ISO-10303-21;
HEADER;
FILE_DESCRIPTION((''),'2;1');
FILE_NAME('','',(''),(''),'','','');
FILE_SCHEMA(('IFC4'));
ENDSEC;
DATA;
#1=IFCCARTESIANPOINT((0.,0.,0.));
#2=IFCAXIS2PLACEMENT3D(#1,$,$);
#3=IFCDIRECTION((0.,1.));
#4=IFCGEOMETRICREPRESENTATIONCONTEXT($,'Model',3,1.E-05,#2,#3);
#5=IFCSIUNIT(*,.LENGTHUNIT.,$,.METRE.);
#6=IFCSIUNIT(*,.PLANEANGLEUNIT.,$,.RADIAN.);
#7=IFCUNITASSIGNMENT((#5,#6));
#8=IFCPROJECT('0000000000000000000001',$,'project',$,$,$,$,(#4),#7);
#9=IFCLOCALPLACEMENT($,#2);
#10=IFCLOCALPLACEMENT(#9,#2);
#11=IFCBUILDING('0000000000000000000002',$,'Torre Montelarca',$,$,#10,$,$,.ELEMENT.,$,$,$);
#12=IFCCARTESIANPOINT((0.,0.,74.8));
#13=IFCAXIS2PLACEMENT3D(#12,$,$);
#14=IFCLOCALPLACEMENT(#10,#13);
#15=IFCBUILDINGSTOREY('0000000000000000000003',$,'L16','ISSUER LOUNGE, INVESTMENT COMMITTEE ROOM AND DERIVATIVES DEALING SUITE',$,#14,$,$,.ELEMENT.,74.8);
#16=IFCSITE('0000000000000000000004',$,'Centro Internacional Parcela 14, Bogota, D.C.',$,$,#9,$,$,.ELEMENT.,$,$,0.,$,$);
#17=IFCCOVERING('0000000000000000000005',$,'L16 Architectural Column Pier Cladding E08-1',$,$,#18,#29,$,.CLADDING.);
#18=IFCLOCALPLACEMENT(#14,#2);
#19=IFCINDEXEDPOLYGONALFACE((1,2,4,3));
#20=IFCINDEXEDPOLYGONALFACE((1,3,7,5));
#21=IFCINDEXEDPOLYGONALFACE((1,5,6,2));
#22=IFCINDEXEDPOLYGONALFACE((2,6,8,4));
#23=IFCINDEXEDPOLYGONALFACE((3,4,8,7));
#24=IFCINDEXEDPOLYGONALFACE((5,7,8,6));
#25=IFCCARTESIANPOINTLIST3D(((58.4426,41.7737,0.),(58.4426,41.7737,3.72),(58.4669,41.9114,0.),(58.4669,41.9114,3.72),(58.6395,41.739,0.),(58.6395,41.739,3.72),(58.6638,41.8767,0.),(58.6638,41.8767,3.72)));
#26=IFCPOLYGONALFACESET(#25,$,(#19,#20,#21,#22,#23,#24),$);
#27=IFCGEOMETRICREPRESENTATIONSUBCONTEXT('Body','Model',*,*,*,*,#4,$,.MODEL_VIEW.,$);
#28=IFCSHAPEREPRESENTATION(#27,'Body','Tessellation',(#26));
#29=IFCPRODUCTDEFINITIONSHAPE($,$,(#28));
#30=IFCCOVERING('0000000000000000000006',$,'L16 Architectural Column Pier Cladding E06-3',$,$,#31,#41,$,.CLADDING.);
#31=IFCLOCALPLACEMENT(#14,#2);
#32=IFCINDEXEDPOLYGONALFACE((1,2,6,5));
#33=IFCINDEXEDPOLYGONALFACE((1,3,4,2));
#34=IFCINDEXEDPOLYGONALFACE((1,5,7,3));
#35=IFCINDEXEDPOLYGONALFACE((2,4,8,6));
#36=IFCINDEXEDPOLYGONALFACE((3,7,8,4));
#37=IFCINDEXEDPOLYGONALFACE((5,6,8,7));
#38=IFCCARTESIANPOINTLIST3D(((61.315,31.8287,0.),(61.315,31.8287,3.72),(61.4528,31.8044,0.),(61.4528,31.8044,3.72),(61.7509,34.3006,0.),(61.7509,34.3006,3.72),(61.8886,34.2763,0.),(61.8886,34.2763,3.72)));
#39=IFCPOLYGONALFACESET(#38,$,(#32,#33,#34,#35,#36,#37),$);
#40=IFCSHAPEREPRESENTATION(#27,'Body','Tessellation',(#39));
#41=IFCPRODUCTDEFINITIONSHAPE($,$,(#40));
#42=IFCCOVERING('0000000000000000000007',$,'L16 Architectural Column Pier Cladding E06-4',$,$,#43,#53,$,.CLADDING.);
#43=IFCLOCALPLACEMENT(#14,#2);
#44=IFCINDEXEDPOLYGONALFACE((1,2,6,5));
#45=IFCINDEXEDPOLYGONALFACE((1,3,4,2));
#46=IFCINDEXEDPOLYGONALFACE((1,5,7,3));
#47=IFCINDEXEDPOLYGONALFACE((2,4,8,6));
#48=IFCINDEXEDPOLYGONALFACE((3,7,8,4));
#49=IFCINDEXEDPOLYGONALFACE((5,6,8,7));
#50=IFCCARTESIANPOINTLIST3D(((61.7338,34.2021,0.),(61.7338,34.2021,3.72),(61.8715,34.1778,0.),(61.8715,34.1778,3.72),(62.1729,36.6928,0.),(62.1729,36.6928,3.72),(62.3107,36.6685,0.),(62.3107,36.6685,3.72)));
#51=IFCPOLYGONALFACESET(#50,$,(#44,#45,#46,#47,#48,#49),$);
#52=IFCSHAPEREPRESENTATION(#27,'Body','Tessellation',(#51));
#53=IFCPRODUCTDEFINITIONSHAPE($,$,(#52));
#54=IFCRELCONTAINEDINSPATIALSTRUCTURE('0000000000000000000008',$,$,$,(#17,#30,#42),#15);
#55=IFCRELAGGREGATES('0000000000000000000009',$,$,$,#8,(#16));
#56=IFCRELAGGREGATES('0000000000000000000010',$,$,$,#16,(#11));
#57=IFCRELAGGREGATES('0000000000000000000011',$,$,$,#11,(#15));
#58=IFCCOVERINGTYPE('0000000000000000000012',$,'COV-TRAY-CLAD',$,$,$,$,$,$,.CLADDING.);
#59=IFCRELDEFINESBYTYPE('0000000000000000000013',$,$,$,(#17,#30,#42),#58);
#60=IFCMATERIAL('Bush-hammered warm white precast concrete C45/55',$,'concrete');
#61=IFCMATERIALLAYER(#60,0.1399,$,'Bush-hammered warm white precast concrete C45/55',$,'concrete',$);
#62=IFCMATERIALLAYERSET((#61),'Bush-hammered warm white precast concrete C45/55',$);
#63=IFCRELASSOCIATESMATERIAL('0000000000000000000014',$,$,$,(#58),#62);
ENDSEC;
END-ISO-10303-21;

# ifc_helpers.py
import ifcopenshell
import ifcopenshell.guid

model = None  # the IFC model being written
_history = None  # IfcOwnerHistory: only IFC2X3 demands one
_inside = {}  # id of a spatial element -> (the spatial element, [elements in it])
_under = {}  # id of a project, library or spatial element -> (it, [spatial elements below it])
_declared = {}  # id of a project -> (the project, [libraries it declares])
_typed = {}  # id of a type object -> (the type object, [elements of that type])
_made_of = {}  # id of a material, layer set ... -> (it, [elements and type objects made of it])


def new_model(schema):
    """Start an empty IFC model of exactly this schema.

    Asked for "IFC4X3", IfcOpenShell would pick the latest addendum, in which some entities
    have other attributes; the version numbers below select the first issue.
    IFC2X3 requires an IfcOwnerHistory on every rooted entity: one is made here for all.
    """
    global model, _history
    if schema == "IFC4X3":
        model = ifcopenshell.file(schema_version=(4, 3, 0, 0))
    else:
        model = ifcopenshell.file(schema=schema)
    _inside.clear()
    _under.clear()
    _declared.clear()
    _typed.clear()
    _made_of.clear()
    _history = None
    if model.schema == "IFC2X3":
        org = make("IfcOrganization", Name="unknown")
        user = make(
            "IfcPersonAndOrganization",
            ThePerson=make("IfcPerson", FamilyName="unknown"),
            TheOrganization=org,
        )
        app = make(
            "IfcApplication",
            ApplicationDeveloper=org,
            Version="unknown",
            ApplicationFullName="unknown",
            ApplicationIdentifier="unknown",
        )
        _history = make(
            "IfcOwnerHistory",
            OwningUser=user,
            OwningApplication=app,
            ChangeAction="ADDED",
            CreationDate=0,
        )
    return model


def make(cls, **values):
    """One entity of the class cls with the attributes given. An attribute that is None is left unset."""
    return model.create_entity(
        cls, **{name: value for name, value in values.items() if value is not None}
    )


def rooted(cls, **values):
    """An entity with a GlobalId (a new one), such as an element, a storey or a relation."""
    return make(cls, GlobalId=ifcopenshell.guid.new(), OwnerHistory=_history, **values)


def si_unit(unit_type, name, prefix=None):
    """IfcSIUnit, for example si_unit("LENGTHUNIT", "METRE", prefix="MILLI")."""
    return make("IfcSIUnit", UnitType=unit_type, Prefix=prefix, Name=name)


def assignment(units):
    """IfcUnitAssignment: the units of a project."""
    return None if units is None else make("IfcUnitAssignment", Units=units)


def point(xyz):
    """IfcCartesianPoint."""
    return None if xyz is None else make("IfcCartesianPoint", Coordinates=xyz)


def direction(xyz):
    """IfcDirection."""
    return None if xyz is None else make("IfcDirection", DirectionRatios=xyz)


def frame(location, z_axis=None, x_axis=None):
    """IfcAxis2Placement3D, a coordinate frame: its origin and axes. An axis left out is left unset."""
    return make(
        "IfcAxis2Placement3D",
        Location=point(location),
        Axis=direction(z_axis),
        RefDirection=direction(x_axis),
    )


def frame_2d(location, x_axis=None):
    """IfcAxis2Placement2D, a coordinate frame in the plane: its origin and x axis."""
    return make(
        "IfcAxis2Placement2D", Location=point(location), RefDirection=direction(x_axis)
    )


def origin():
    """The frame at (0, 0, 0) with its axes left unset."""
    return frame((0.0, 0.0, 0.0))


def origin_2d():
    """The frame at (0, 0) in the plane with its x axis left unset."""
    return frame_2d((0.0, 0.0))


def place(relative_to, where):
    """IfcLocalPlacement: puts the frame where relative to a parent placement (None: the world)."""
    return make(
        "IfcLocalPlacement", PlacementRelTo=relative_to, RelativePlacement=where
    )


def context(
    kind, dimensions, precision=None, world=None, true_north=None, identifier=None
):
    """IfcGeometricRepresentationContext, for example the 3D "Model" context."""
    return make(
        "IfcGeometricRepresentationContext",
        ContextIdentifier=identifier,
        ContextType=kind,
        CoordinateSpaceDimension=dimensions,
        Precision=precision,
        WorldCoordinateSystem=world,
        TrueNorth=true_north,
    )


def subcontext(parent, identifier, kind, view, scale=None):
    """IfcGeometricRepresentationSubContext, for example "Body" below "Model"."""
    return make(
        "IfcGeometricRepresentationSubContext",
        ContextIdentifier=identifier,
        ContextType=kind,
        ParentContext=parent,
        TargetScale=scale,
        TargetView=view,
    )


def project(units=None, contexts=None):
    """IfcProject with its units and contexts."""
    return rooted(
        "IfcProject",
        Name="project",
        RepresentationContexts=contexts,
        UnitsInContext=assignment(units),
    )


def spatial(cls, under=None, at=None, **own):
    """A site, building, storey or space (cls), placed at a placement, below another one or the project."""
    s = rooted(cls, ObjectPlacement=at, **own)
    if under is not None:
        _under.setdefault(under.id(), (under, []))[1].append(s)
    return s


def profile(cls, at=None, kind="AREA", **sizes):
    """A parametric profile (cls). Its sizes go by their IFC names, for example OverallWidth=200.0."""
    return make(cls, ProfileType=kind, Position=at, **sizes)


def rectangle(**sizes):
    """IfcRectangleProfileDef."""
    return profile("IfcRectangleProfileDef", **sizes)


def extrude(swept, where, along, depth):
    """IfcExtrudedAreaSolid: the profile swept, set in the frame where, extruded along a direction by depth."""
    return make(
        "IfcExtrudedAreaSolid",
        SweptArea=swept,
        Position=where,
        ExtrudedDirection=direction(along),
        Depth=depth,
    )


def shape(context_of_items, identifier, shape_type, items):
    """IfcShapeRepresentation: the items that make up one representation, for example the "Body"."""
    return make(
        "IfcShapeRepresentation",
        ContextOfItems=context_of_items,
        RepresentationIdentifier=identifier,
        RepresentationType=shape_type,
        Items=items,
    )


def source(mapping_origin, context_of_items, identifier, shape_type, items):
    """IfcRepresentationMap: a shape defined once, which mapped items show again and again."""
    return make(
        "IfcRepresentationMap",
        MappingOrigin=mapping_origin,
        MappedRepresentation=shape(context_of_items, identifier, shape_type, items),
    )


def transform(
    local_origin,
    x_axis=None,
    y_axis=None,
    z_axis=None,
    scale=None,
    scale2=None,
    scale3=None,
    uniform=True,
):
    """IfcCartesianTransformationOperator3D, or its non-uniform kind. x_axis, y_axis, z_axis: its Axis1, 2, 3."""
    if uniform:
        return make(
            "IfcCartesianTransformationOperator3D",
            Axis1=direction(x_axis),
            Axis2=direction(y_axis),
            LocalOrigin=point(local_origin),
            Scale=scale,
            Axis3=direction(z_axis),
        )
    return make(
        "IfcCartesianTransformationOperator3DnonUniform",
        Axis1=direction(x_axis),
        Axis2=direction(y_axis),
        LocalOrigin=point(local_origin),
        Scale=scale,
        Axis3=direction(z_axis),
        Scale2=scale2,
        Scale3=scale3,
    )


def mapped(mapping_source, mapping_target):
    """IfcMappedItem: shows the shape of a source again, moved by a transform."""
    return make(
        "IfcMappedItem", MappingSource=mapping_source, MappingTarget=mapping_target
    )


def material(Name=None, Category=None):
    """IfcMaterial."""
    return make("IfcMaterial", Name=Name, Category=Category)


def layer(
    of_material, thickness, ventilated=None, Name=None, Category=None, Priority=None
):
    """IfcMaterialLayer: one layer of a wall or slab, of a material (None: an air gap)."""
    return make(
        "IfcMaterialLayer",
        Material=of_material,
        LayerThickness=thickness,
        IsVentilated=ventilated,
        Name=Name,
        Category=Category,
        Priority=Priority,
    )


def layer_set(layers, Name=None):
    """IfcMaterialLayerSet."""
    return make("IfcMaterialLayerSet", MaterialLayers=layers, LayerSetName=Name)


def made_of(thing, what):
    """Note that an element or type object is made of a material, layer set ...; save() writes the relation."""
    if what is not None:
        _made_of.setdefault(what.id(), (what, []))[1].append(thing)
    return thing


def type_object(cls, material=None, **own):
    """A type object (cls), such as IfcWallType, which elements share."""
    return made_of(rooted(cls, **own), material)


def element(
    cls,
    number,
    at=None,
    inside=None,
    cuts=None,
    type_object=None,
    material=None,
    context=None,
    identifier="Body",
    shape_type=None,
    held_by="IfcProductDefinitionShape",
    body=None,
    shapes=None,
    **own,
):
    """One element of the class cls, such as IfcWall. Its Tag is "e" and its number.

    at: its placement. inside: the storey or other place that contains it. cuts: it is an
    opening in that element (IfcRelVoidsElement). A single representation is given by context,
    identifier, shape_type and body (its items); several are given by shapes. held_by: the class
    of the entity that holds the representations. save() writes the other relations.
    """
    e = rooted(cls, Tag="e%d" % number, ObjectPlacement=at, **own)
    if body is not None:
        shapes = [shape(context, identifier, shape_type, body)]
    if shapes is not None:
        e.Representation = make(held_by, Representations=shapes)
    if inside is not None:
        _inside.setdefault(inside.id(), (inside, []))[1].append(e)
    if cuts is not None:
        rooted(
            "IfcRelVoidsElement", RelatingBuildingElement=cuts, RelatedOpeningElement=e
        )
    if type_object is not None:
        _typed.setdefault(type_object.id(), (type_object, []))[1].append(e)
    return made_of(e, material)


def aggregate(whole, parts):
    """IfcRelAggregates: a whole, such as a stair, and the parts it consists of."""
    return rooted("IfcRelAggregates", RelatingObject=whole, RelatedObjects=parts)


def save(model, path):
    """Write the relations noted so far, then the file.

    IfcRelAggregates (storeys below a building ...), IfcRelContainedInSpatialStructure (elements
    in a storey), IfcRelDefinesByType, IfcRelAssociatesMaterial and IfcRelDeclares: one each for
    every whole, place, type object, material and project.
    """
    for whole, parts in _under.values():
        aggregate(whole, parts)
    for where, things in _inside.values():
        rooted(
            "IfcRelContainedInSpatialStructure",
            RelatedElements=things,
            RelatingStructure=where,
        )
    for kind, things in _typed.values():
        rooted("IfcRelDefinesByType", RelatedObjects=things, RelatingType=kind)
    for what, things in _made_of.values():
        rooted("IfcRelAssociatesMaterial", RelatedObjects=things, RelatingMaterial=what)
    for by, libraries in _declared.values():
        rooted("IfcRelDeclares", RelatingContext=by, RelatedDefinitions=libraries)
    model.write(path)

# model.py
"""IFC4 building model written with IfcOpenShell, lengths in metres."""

from ifc_helpers import new_model, si_unit, direction, frame, origin, origin_2d, place, context, subcontext, project, spatial, rectangle, extrude, source, transform, mapped, material, layer, layer_set, type_object, element, save


model = new_model("IFC4")

# Units and contexts
model_context = context("Model", 3, precision=1e-05, world=origin(), true_north=direction((0.0, 1.0)))
body_context = subcontext(model_context, "Body", "Model", "MODEL_VIEW")
ifc_project = project(units=[si_unit("LENGTHUNIT", "METRE"), si_unit("PLANEANGLEUNIT", "RADIAN")], contexts=[model_context])

# Site, building, storey
site_placement = place(None, origin())
site = spatial("IfcSite", under=ifc_project, at=site_placement, Name="Centro Internacional Parcela 14, Bogota, D.C.", CompositionType="ELEMENT", RefElevation=0.0)
building_placement = place(site_placement, origin())
building = spatial("IfcBuilding", under=site, at=building_placement, Name="Torre Montelarca", CompositionType="ELEMENT")
storey_placement = place(building_placement, frame((0.0, 0.0, 74.8)))
storey = spatial("IfcBuildingStorey", under=building, at=storey_placement, Name="L16", Description="ISSUER LOUNGE, INVESTMENT COMMITTEE ROOM AND DERIVATIVES DEALING SUITE", CompositionType="ELEMENT", Elevation=74.8)

# Coverings
ifc_material_1 = material(Name="Bush-hammered warm white precast concrete C45/55", Category="concrete")
ifc_layer_1 = layer(ifc_material_1, 0.1399, Name="Bush-hammered warm white precast concrete C45/55", Category="concrete")
ifc_layer_set_1 = layer_set([ifc_layer_1], Name="Bush-hammered warm white precast concrete C45/55")
covering_type = type_object("IfcCoveringType", Name="COV-TRAY-CLAD", PredefinedType="CLADDING", material=ifc_layer_set_1)
shared_shape_1 = source(origin(), body_context, "Body", "SweptSolid", [
    extrude(rectangle(XDim=0.2, YDim=0.1399, at=origin_2d()), origin(), (0.0, 0.0, 1.0), 3.72),
])
for number, where, z_axis, x_axis, name in (
    (1, (58.5532, 41.8252, 0.0), (0.0, 0.0, 1.0), (-0.984808, 0.173646, 0.0), "L16 Architectural Column Pier Cladding E08-1"),
):
    element("IfcCovering", number, at=place(storey_placement, frame(where, z_axis=z_axis, x_axis=x_axis)), inside=storey, type_object=covering_type, Name=name, PredefinedType="CLADDING", context=body_context, shape_type="MappedRepresentation", body=[
        mapped(shared_shape_1, transform((0.0, 0.0, 0.0), scale=1.0)),
    ])
shared_shape_2 = source(origin(), body_context, "Body", "SweptSolid", [
    extrude(rectangle(XDim=2.51, YDim=0.1399, at=origin_2d()), origin(), (0.0, 0.0, 1.0), 3.72),
])
covering_1_placement = place(storey_placement, frame((61.6018, 33.0525, 0.0), z_axis=(0.0, 0.0, 1.0), x_axis=(0.173646, 0.984808, 0.0)))
element("IfcCovering", 2, at=covering_1_placement, inside=storey, type_object=covering_type, Name="L16 Architectural Column Pier Cladding E06-3", PredefinedType="CLADDING", context=body_context, shape_type="MappedRepresentation", body=[
    mapped(shared_shape_2, transform((0.0, 0.0, 0.0), scale=1.0)),
])
shared_shape_3 = source(origin(), body_context, "Body", "SweptSolid", [
    extrude(rectangle(XDim=2.5291, YDim=0.1399, at=origin_2d()), origin(), (0.0, 0.0, 1.0), 3.72),
])
covering_2_placement = place(storey_placement, frame((62.0222, 35.4353, 0.0), z_axis=(0.0, 0.0, 1.0), x_axis=(0.173646, 0.984808, 0.0)))
element("IfcCovering", 3, at=covering_2_placement, inside=storey, type_object=covering_type, Name="L16 Architectural Column Pier Cladding E06-4", PredefinedType="CLADDING", context=body_context, shape_type="MappedRepresentation", body=[
    mapped(shared_shape_3, transform((0.0, 0.0, 0.0), scale=1.0)),
])

save(model, "model.ifc")
